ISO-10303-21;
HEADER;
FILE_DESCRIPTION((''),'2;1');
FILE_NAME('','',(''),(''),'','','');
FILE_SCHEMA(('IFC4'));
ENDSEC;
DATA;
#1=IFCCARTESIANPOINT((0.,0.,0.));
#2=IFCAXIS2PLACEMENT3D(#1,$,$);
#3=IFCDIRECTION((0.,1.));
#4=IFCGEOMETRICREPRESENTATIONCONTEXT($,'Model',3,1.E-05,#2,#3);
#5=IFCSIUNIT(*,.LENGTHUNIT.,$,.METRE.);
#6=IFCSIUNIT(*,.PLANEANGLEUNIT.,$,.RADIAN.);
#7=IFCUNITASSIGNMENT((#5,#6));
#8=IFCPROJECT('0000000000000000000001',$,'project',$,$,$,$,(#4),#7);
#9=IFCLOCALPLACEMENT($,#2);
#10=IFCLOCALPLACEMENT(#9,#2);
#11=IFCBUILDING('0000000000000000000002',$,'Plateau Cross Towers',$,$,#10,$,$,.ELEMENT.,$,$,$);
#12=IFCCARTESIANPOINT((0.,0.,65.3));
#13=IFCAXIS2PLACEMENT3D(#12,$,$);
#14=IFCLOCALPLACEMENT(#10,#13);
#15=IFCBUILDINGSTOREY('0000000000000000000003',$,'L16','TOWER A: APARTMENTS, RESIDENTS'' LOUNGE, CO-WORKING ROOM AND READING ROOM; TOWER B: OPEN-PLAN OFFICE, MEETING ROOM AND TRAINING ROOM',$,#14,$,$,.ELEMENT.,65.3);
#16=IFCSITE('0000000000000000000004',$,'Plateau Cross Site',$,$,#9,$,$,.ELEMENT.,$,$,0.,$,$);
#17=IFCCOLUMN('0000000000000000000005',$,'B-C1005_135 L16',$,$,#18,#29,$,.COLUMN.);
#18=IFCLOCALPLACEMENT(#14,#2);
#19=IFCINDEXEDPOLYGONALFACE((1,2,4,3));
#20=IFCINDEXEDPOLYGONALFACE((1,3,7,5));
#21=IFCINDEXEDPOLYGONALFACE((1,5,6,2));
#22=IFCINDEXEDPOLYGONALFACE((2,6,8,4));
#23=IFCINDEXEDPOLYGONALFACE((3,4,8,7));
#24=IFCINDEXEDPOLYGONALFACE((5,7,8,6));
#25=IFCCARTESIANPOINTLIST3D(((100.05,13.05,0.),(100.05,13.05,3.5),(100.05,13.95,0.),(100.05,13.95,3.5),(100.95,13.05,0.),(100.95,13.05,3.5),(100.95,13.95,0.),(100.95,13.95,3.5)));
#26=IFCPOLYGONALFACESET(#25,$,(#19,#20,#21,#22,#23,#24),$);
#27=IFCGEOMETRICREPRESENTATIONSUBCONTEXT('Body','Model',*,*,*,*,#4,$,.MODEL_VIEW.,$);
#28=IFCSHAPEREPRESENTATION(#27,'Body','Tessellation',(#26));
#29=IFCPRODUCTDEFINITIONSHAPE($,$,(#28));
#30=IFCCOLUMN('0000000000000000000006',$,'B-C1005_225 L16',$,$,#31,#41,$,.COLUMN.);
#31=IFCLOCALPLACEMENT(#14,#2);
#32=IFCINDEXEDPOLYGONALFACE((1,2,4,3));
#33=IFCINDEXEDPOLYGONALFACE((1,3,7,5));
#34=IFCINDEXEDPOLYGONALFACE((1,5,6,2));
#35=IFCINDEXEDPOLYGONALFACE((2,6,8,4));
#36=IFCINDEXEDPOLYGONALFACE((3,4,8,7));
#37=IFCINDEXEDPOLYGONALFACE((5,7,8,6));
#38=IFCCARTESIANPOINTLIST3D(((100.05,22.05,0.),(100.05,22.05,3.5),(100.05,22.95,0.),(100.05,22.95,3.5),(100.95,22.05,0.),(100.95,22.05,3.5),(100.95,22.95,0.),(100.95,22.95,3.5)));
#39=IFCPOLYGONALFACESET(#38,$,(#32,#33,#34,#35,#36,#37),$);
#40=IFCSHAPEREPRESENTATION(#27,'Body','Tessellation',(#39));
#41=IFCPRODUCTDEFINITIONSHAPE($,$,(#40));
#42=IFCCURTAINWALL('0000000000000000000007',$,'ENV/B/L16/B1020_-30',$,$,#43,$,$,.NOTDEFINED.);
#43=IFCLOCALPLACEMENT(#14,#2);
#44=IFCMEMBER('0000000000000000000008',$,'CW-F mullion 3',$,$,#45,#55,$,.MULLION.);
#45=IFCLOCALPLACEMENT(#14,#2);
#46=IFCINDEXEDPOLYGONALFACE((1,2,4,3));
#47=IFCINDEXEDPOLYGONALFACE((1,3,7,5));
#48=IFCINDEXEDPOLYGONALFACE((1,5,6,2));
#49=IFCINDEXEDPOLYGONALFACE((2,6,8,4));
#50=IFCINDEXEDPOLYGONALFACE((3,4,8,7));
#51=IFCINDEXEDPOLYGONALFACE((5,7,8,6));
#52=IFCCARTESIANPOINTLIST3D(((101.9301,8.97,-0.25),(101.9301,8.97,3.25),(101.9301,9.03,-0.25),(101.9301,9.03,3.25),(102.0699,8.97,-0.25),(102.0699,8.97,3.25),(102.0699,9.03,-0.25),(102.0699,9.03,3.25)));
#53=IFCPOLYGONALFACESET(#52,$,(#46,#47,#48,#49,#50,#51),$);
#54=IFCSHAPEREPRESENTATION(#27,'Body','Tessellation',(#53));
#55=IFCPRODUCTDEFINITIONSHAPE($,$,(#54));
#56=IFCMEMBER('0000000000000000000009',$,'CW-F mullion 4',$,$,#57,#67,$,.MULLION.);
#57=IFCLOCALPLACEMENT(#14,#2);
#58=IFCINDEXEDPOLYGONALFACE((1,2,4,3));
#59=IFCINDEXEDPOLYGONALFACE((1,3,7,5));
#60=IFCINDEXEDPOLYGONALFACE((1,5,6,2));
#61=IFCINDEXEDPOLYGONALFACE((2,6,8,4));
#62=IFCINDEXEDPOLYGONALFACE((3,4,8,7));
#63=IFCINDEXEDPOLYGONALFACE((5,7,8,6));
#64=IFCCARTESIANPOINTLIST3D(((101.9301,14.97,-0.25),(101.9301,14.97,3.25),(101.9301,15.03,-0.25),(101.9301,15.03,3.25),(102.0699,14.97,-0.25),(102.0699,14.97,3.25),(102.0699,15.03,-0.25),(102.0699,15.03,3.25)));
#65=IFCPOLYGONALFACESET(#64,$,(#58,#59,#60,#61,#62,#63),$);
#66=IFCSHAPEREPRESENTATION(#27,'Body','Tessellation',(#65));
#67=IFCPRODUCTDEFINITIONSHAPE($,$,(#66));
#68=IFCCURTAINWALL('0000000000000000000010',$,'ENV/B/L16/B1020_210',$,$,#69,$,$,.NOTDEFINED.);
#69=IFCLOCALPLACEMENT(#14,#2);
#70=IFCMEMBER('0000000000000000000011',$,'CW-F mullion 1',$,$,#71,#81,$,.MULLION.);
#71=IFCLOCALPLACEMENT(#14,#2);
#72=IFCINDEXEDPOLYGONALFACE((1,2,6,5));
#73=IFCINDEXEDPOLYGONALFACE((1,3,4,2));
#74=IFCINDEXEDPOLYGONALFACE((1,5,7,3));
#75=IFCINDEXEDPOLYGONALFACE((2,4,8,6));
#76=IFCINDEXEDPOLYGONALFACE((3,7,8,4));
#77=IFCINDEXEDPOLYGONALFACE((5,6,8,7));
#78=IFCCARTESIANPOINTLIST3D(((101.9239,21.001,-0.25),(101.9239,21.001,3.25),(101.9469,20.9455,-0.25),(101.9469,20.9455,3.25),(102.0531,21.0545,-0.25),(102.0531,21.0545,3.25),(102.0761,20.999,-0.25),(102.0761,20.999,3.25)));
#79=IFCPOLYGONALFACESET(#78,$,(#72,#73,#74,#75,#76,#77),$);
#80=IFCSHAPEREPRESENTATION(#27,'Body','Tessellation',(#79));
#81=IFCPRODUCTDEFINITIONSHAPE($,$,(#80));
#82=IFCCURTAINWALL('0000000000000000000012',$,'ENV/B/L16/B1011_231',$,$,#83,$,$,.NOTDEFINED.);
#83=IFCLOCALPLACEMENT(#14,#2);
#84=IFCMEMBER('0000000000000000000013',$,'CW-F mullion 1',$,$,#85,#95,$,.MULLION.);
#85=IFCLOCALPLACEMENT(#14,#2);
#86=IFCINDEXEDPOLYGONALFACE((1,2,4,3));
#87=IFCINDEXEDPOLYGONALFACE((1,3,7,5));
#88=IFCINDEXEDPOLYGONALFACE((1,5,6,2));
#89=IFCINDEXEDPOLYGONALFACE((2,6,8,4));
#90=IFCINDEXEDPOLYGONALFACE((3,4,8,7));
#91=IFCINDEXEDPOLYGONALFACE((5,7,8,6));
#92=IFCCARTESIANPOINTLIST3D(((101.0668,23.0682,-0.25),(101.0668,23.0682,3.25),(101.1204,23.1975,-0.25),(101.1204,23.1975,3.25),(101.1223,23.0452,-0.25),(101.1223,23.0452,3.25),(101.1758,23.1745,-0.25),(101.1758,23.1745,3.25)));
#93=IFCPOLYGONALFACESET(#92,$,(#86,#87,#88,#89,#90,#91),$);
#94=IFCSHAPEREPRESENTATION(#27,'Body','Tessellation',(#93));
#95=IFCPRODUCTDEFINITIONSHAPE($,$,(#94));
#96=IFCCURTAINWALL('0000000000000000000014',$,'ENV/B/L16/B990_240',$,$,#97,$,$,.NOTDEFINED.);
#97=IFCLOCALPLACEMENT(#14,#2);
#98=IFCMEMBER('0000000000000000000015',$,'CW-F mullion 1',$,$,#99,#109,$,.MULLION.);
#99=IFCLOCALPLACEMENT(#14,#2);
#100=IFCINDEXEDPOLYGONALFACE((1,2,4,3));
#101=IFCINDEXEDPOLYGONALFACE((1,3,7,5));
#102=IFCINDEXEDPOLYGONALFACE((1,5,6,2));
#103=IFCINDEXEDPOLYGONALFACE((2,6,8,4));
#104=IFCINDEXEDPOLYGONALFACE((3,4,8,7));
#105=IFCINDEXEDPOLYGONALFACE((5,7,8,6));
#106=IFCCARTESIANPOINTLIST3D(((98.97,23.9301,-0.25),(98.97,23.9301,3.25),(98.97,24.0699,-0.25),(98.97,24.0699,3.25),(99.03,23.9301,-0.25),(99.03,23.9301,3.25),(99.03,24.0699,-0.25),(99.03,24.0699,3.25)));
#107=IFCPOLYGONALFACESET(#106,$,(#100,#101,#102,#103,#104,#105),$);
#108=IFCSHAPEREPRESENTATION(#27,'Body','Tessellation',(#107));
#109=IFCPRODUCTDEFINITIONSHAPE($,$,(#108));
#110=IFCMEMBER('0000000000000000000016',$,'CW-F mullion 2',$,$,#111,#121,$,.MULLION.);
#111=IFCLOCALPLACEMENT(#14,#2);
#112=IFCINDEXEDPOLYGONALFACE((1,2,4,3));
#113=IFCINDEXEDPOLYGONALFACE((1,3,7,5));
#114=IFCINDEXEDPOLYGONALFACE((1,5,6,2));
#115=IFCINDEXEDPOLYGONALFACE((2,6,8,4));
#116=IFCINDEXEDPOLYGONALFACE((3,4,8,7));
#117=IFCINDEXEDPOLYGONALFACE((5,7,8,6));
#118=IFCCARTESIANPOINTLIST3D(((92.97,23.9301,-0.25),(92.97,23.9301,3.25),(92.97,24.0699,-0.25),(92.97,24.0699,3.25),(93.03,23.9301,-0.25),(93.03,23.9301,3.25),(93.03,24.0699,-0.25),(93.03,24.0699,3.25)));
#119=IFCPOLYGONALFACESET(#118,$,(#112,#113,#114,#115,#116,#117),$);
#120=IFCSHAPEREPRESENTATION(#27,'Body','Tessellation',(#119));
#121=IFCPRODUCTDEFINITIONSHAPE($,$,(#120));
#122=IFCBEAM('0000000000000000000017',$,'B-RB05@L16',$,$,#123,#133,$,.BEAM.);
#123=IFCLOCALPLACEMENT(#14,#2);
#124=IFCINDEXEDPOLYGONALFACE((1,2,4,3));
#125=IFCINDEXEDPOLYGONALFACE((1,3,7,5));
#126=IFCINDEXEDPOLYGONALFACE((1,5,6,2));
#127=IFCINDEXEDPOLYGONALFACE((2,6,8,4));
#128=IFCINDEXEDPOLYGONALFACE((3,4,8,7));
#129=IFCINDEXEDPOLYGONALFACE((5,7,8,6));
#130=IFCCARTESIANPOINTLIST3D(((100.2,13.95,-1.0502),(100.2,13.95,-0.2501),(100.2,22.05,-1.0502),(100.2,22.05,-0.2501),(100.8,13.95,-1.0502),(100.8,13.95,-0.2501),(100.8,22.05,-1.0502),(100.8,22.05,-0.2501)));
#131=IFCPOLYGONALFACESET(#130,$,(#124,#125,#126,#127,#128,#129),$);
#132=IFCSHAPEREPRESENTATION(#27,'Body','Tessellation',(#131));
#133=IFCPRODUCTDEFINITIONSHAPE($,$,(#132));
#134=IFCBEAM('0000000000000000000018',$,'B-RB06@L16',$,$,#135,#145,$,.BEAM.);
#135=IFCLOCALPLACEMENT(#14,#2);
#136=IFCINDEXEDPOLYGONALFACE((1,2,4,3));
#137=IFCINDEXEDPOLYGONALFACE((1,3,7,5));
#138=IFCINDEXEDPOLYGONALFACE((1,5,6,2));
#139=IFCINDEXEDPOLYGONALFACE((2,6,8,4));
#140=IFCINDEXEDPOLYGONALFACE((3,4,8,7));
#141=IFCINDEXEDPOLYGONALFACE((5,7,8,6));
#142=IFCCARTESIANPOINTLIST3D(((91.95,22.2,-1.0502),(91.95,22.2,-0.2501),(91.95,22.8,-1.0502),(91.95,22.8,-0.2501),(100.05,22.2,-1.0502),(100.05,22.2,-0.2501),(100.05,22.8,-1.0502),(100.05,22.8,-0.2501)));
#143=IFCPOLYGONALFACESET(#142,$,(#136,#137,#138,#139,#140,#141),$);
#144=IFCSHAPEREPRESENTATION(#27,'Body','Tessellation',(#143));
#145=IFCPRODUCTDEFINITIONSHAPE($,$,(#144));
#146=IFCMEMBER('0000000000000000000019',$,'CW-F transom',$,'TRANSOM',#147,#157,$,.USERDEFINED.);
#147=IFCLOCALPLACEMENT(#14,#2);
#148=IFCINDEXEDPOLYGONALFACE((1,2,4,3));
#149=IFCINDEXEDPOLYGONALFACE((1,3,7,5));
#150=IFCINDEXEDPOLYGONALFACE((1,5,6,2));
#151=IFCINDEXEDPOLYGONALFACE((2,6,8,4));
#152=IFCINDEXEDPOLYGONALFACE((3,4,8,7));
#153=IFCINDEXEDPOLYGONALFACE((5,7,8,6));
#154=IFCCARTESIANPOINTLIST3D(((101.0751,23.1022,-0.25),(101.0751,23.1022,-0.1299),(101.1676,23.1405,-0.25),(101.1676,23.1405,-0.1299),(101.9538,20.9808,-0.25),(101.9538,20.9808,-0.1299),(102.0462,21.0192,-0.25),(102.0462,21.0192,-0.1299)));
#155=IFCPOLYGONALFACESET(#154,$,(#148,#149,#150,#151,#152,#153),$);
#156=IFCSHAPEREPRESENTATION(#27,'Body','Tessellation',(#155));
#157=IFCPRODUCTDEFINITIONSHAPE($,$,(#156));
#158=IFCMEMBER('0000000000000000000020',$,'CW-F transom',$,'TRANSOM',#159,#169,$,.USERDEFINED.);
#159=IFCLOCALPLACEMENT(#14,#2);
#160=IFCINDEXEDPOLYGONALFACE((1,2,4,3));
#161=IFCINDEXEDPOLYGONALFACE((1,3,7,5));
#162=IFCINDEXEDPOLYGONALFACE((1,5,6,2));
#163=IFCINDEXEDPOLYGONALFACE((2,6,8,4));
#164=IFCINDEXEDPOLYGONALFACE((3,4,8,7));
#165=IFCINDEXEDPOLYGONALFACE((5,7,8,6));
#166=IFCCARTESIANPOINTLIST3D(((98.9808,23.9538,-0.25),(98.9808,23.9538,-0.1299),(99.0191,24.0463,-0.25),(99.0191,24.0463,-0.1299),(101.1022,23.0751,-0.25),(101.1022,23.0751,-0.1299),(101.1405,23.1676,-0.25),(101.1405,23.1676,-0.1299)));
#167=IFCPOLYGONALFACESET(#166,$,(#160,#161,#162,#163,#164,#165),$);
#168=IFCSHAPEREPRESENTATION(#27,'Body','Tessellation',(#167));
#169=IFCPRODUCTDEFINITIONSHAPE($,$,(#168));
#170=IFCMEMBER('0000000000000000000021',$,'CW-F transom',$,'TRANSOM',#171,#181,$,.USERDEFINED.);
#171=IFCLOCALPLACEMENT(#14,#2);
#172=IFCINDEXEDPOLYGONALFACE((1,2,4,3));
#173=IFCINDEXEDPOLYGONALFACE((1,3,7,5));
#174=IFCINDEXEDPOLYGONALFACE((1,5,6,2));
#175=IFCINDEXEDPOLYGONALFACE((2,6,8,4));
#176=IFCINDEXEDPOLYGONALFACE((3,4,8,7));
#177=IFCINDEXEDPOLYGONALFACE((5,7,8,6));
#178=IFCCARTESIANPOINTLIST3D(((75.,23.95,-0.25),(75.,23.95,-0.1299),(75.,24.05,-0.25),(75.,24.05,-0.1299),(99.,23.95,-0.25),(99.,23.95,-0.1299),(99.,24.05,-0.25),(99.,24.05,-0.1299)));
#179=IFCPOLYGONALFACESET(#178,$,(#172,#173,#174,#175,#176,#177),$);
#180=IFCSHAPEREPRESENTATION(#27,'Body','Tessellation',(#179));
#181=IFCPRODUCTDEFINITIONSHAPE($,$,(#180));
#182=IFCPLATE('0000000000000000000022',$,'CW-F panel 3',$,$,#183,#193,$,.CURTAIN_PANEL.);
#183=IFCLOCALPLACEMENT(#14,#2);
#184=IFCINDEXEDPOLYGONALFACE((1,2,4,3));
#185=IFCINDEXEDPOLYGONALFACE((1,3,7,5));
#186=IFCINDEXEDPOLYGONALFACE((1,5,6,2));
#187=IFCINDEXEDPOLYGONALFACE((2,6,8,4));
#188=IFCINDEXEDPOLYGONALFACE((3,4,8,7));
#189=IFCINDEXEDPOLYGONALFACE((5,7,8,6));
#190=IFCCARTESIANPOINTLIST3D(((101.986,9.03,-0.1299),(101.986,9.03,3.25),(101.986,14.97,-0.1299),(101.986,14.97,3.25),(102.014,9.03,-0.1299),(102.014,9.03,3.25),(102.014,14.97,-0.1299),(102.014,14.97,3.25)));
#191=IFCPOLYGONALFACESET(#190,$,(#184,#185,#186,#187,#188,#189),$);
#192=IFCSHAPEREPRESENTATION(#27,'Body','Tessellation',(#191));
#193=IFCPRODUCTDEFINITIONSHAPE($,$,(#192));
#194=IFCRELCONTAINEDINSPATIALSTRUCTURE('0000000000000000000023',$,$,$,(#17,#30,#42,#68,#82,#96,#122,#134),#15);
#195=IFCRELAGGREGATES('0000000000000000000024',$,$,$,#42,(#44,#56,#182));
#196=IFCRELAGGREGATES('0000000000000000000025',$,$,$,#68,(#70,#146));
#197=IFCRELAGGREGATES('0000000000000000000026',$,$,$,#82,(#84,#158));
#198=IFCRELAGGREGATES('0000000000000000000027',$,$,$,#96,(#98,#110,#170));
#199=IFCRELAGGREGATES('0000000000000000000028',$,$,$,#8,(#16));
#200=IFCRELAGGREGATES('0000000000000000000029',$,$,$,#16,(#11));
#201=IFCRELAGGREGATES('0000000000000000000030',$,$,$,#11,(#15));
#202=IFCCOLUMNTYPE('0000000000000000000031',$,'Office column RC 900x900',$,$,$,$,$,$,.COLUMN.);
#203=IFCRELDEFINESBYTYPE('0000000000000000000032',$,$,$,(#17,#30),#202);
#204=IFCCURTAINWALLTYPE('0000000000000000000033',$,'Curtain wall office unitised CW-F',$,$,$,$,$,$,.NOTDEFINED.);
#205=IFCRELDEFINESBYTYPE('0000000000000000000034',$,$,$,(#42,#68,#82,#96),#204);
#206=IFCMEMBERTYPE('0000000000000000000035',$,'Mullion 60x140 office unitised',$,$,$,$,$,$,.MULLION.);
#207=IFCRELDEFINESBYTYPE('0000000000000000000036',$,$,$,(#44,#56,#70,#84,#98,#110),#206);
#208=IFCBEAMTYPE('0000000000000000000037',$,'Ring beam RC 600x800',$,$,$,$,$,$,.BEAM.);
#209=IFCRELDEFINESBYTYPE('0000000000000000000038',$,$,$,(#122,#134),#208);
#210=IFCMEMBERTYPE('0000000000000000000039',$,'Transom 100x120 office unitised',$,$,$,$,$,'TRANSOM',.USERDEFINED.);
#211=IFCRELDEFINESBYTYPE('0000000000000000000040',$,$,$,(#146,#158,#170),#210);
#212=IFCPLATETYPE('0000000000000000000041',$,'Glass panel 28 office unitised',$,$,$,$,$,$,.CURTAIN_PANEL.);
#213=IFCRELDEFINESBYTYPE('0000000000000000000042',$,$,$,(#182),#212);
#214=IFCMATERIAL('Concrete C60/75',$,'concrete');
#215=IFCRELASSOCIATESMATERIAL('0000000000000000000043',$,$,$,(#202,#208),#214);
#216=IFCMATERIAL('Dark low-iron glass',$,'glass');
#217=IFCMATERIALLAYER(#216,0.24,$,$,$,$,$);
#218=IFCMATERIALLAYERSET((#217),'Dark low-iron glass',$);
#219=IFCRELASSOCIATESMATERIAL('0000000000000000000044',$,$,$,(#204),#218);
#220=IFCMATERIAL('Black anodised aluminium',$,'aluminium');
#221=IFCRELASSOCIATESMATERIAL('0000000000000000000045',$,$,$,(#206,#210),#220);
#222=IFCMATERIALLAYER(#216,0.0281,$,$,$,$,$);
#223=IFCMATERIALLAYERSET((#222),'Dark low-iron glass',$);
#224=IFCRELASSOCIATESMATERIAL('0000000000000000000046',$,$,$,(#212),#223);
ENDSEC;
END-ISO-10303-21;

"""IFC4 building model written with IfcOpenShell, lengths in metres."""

from ifc_helpers import new_model, si_unit, direction, frame, origin, origin_2d, place, context, subcontext, project, spatial, rectangle, extrude, material, layer, layer_set, material_profile, profile_set, type_object, element, aggregate, save


model = new_model("IFC4")

# Units and contexts
model_context = context("Model", 3, precision=1e-05, world=origin(), true_north=direction((0.0, 1.0)))
body_context = subcontext(model_context, "Body", "Model", "MODEL_VIEW")
ifc_project = project(units=[si_unit("LENGTHUNIT", "METRE"), si_unit("PLANEANGLEUNIT", "RADIAN")], contexts=[model_context])

# Site, building, storey
site_placement = place(None, origin())
site = spatial("IfcSite", under=ifc_project, at=site_placement, Name="Plateau Cross Site", CompositionType="ELEMENT", RefElevation=0.0)
building_placement = place(site_placement, origin())
building = spatial("IfcBuilding", under=site, at=building_placement, Name="Plateau Cross Towers", CompositionType="ELEMENT")
storey_placement = place(building_placement, frame((0.0, 0.0, 65.3)))
storey = spatial("IfcBuildingStorey", under=building, at=storey_placement, Name="L16", Description="TOWER A: APARTMENTS, RESIDENTS' LOUNGE, CO-WORKING ROOM AND READING ROOM; TOWER B: OPEN-PLAN OFFICE, MEETING ROOM AND TRAINING ROOM", CompositionType="ELEMENT", Elevation=65.3)

# Columns
ifc_material_1 = material(Name="Concrete C60/75", Category="concrete")
ifc_material_profile_1 = material_profile(ifc_material_1, rectangle(XDim=0.8999, YDim=0.8999, at=origin_2d()), Name="RC 900x900")
ifc_profile_set_1 = profile_set([ifc_material_profile_1], Name="Concrete C60/75")
column_type = type_object("IfcColumnType", Name="Office column RC 900x900", PredefinedType="COLUMN", material=ifc_profile_set_1)
for number, where, z_axis, x_axis, name in (
    (1, (100.5, 13.5, 0.0), (0.0, 0.0, 1.0), (1.0, 0.0, 0.0), "B-C1005_135 L16"),
    (2, (100.5, 22.5, 0.0), (0.0, 0.0, 1.0), (1.0, 0.0, 0.0), "B-C1005_225 L16"),
):
    element("IfcColumn", number, at=place(storey_placement, frame(where, z_axis=z_axis, x_axis=x_axis)), inside=storey, type_object=column_type, Name=name, PredefinedType="COLUMN", context=body_context, shape_type="SweptSolid", body=[
        extrude(rectangle(XDim=0.8999, YDim=0.8999, at=origin_2d()), origin(), (0.0, 0.0, 1.0), 3.5),
    ])

# Curtain wall, members
ifc_material_2 = material(Name="Dark low-iron glass", Category="glass")
ifc_layer_1 = layer(ifc_material_2, 0.24)
ifc_layer_set_1 = layer_set([ifc_layer_1], Name="Dark low-iron glass")
curtain_wall_type = type_object("IfcCurtainWallType", Name="Curtain wall office unitised CW-F", PredefinedType="NOTDEFINED", material=ifc_layer_set_1)
curtain_wall_1_placement = place(storey_placement, origin())
curtain_wall_1 = element("IfcCurtainWall", 3, at=curtain_wall_1_placement, inside=storey, type_object=curtain_wall_type, Name="ENV/B/L16/B1020_-30", PredefinedType="NOTDEFINED")
ifc_material_3 = material(Name="Black anodised aluminium", Category="aluminium")
ifc_material_profile_2 = material_profile(ifc_material_3, rectangle(XDim=0.0601, YDim=0.1399, at=origin_2d()), Name="MULLION 60x140")
ifc_profile_set_2 = profile_set([ifc_material_profile_2], Name="Black anodised aluminium")
member_type_1 = type_object("IfcMemberType", Name="Mullion 60x140 office unitised", PredefinedType="MULLION", material=ifc_profile_set_2)
member_1_placement = place(storey_placement, frame((102.0, 9.0, -0.25), z_axis=(0.0, 0.0, 1.0), x_axis=(0.0, 1.0, 0.0)))
member_1 = element("IfcMember", 4, at=member_1_placement, type_object=member_type_1, Name="CW-F mullion 3", PredefinedType="MULLION", context=body_context, shape_type="SweptSolid", body=[
    extrude(rectangle(XDim=0.0601, YDim=0.1399, at=origin_2d()), origin(), (0.0, 0.0, 1.0), 3.5),
])
member_2_placement = place(storey_placement, frame((102.0, 15.0, -0.25), z_axis=(0.0, 0.0, 1.0), x_axis=(0.0, 1.0, 0.0)))
member_2 = element("IfcMember", 5, at=member_2_placement, type_object=member_type_1, Name="CW-F mullion 4", PredefinedType="MULLION", context=body_context, shape_type="SweptSolid", body=[
    extrude(rectangle(XDim=0.0601, YDim=0.1399, at=origin_2d()), origin(), (0.0, 0.0, 1.0), 3.5),
])

# Curtain walls, members
curtain_wall_2_placement = place(storey_placement, origin())
curtain_wall_2 = element("IfcCurtainWall", 6, at=curtain_wall_2_placement, inside=storey, type_object=curtain_wall_type, Name="ENV/B/L16/B1020_210", PredefinedType="NOTDEFINED")
member_3_placement = place(storey_placement, frame((102.0, 21.0, -0.25), z_axis=(0.0, 0.0, 1.0), x_axis=(-0.382684, 0.923879, 0.0)))
member_3 = element("IfcMember", 7, at=member_3_placement, type_object=member_type_1, Name="CW-F mullion 1", PredefinedType="MULLION", context=body_context, shape_type="SweptSolid", body=[
    extrude(rectangle(XDim=0.0601, YDim=0.1399, at=origin_2d()), origin(), (0.0, 0.0, 1.0), 3.5),
])
curtain_wall_3_placement = place(storey_placement, origin())
curtain_wall_3 = element("IfcCurtainWall", 8, at=curtain_wall_3_placement, inside=storey, type_object=curtain_wall_type, Name="ENV/B/L16/B1011_231", PredefinedType="NOTDEFINED")
member_4_placement = place(storey_placement, frame((101.1213, 23.1213, -0.25), z_axis=(0.0, 0.0, 1.0), x_axis=(-0.923879, 0.382684, 0.0)))
member_4 = element("IfcMember", 9, at=member_4_placement, type_object=member_type_1, Name="CW-F mullion 1", PredefinedType="MULLION", context=body_context, shape_type="SweptSolid", body=[
    extrude(rectangle(XDim=0.0601, YDim=0.1399, at=origin_2d()), origin(), (0.0, 0.0, 1.0), 3.5),
])

# Curtain wall, members
curtain_wall_4_placement = place(storey_placement, origin())
curtain_wall_4 = element("IfcCurtainWall", 10, at=curtain_wall_4_placement, inside=storey, type_object=curtain_wall_type, Name="ENV/B/L16/B990_240", PredefinedType="NOTDEFINED")
member_5_placement = place(storey_placement, frame((99.0, 24.0, -0.25), z_axis=(0.0, 0.0, 1.0), x_axis=(-1.0, 0.0, 0.0)))
member_5 = element("IfcMember", 11, at=member_5_placement, type_object=member_type_1, Name="CW-F mullion 1", PredefinedType="MULLION", context=body_context, shape_type="SweptSolid", body=[
    extrude(rectangle(XDim=0.0601, YDim=0.1399, at=origin_2d()), origin(), (0.0, 0.0, 1.0), 3.5),
])
member_6_placement = place(storey_placement, frame((93.0, 24.0, -0.25), z_axis=(0.0, 0.0, 1.0), x_axis=(-1.0, 0.0, 0.0)))
member_6 = element("IfcMember", 12, at=member_6_placement, type_object=member_type_1, Name="CW-F mullion 2", PredefinedType="MULLION", context=body_context, shape_type="SweptSolid", body=[
    extrude(rectangle(XDim=0.0601, YDim=0.1399, at=origin_2d()), origin(), (0.0, 0.0, 1.0), 3.5),
])

# Beams
ifc_material_profile_3 = material_profile(ifc_material_1, rectangle(XDim=0.6001, YDim=0.8, at=origin_2d()), Name="RC 600x800")
ifc_profile_set_3 = profile_set([ifc_material_profile_3], Name="Concrete C60/75")
beam_type = type_object("IfcBeamType", Name="Ring beam RC 600x800", PredefinedType="BEAM", material=ifc_profile_set_3)
for number, where, z_axis, x_axis, name in (
    (13, (100.5, 13.95, -0.6501), (0.0, 1.0, 0.0), (-1.0, 0.0, 0.0), "B-RB05@L16"),
    (14, (100.05, 22.5, -0.6501), (-1.0, 0.0, 0.0), (0.0, -1.0, 0.0), "B-RB06@L16"),
):
    element("IfcBeam", number, at=place(storey_placement, frame(where, z_axis=z_axis, x_axis=x_axis)), inside=storey, type_object=beam_type, Name=name, PredefinedType="BEAM", context=body_context, shape_type="SweptSolid", body=[
        extrude(rectangle(XDim=0.6001, YDim=0.8, at=origin_2d()), origin(), (0.0, 0.0, 1.0), 8.1001),
    ])

# Members
ifc_material_profile_4 = material_profile(ifc_material_3, rectangle(XDim=0.1001, YDim=0.1201, at=origin_2d()), Name="TRANSOM 100x120")
ifc_profile_set_4 = profile_set([ifc_material_profile_4], Name="Black anodised aluminium")
member_type_2 = type_object("IfcMemberType", Name="Transom 100x120 office unitised", ElementType="TRANSOM", PredefinedType="USERDEFINED", material=ifc_profile_set_4)
member_7_placement = place(storey_placement, frame((102.0, 21.0, -0.1899), z_axis=(-0.382674, 0.923883, 0.0), x_axis=(-0.923883, -0.382674, 0.0)))
member_7 = element("IfcMember", 15, at=member_7_placement, type_object=member_type_2, Name="CW-F transom", ObjectType="TRANSOM", PredefinedType="USERDEFINED", context=body_context, shape_type="SweptSolid", body=[
    extrude(rectangle(XDim=0.1001, YDim=0.1201, at=origin_2d()), origin(), (0.0, 0.0, 1.0), 2.2961),
])
member_8_placement = place(storey_placement, frame((101.1213, 23.1213, -0.1899), z_axis=(-0.923883, 0.382674, 0.0), x_axis=(-0.382674, -0.923883, 0.0)))
member_8 = element("IfcMember", 16, at=member_8_placement, type_object=member_type_2, Name="CW-F transom", ObjectType="TRANSOM", PredefinedType="USERDEFINED", context=body_context, shape_type="SweptSolid", body=[
    extrude(rectangle(XDim=0.1001, YDim=0.1201, at=origin_2d()), origin(), (0.0, 0.0, 1.0), 2.2961),
])
member_9_placement = place(storey_placement, frame((99.0, 24.0, -0.1899), z_axis=(-1.0, 0.0, 0.0), x_axis=(0.0, -1.0, 0.0)))
member_9 = element("IfcMember", 17, at=member_9_placement, type_object=member_type_2, Name="CW-F transom", ObjectType="TRANSOM", PredefinedType="USERDEFINED", context=body_context, shape_type="SweptSolid", body=[
    extrude(rectangle(XDim=0.1001, YDim=0.1201, at=origin_2d()), origin(), (0.0, 0.0, 1.0), 24.0),
])

# Plate
ifc_layer_2 = layer(ifc_material_2, 0.0281)
ifc_layer_set_2 = layer_set([ifc_layer_2], Name="Dark low-iron glass")
plate_type = type_object("IfcPlateType", Name="Glass panel 28 office unitised", PredefinedType="CURTAIN_PANEL", material=ifc_layer_set_2)
plate_1_placement = place(storey_placement, frame((102.0, 12.0, -0.1299), z_axis=(0.0, 0.0, 1.0), x_axis=(0.0, 1.0, 0.0)))
plate_1 = element("IfcPlate", 18, at=plate_1_placement, type_object=plate_type, Name="CW-F panel 3", PredefinedType="CURTAIN_PANEL", context=body_context, shape_type="SweptSolid", body=[
    extrude(rectangle(XDim=5.9399, YDim=0.0281, at=origin_2d()), origin(), (0.0, 0.0, 1.0), 3.3799),
])
aggregate(curtain_wall_1, [member_1, member_2, plate_1])
aggregate(curtain_wall_2, [member_3, member_7])
aggregate(curtain_wall_3, [member_4, member_8])
aggregate(curtain_wall_4, [member_5, member_6, member_9])

save(model, "model.ifc")
